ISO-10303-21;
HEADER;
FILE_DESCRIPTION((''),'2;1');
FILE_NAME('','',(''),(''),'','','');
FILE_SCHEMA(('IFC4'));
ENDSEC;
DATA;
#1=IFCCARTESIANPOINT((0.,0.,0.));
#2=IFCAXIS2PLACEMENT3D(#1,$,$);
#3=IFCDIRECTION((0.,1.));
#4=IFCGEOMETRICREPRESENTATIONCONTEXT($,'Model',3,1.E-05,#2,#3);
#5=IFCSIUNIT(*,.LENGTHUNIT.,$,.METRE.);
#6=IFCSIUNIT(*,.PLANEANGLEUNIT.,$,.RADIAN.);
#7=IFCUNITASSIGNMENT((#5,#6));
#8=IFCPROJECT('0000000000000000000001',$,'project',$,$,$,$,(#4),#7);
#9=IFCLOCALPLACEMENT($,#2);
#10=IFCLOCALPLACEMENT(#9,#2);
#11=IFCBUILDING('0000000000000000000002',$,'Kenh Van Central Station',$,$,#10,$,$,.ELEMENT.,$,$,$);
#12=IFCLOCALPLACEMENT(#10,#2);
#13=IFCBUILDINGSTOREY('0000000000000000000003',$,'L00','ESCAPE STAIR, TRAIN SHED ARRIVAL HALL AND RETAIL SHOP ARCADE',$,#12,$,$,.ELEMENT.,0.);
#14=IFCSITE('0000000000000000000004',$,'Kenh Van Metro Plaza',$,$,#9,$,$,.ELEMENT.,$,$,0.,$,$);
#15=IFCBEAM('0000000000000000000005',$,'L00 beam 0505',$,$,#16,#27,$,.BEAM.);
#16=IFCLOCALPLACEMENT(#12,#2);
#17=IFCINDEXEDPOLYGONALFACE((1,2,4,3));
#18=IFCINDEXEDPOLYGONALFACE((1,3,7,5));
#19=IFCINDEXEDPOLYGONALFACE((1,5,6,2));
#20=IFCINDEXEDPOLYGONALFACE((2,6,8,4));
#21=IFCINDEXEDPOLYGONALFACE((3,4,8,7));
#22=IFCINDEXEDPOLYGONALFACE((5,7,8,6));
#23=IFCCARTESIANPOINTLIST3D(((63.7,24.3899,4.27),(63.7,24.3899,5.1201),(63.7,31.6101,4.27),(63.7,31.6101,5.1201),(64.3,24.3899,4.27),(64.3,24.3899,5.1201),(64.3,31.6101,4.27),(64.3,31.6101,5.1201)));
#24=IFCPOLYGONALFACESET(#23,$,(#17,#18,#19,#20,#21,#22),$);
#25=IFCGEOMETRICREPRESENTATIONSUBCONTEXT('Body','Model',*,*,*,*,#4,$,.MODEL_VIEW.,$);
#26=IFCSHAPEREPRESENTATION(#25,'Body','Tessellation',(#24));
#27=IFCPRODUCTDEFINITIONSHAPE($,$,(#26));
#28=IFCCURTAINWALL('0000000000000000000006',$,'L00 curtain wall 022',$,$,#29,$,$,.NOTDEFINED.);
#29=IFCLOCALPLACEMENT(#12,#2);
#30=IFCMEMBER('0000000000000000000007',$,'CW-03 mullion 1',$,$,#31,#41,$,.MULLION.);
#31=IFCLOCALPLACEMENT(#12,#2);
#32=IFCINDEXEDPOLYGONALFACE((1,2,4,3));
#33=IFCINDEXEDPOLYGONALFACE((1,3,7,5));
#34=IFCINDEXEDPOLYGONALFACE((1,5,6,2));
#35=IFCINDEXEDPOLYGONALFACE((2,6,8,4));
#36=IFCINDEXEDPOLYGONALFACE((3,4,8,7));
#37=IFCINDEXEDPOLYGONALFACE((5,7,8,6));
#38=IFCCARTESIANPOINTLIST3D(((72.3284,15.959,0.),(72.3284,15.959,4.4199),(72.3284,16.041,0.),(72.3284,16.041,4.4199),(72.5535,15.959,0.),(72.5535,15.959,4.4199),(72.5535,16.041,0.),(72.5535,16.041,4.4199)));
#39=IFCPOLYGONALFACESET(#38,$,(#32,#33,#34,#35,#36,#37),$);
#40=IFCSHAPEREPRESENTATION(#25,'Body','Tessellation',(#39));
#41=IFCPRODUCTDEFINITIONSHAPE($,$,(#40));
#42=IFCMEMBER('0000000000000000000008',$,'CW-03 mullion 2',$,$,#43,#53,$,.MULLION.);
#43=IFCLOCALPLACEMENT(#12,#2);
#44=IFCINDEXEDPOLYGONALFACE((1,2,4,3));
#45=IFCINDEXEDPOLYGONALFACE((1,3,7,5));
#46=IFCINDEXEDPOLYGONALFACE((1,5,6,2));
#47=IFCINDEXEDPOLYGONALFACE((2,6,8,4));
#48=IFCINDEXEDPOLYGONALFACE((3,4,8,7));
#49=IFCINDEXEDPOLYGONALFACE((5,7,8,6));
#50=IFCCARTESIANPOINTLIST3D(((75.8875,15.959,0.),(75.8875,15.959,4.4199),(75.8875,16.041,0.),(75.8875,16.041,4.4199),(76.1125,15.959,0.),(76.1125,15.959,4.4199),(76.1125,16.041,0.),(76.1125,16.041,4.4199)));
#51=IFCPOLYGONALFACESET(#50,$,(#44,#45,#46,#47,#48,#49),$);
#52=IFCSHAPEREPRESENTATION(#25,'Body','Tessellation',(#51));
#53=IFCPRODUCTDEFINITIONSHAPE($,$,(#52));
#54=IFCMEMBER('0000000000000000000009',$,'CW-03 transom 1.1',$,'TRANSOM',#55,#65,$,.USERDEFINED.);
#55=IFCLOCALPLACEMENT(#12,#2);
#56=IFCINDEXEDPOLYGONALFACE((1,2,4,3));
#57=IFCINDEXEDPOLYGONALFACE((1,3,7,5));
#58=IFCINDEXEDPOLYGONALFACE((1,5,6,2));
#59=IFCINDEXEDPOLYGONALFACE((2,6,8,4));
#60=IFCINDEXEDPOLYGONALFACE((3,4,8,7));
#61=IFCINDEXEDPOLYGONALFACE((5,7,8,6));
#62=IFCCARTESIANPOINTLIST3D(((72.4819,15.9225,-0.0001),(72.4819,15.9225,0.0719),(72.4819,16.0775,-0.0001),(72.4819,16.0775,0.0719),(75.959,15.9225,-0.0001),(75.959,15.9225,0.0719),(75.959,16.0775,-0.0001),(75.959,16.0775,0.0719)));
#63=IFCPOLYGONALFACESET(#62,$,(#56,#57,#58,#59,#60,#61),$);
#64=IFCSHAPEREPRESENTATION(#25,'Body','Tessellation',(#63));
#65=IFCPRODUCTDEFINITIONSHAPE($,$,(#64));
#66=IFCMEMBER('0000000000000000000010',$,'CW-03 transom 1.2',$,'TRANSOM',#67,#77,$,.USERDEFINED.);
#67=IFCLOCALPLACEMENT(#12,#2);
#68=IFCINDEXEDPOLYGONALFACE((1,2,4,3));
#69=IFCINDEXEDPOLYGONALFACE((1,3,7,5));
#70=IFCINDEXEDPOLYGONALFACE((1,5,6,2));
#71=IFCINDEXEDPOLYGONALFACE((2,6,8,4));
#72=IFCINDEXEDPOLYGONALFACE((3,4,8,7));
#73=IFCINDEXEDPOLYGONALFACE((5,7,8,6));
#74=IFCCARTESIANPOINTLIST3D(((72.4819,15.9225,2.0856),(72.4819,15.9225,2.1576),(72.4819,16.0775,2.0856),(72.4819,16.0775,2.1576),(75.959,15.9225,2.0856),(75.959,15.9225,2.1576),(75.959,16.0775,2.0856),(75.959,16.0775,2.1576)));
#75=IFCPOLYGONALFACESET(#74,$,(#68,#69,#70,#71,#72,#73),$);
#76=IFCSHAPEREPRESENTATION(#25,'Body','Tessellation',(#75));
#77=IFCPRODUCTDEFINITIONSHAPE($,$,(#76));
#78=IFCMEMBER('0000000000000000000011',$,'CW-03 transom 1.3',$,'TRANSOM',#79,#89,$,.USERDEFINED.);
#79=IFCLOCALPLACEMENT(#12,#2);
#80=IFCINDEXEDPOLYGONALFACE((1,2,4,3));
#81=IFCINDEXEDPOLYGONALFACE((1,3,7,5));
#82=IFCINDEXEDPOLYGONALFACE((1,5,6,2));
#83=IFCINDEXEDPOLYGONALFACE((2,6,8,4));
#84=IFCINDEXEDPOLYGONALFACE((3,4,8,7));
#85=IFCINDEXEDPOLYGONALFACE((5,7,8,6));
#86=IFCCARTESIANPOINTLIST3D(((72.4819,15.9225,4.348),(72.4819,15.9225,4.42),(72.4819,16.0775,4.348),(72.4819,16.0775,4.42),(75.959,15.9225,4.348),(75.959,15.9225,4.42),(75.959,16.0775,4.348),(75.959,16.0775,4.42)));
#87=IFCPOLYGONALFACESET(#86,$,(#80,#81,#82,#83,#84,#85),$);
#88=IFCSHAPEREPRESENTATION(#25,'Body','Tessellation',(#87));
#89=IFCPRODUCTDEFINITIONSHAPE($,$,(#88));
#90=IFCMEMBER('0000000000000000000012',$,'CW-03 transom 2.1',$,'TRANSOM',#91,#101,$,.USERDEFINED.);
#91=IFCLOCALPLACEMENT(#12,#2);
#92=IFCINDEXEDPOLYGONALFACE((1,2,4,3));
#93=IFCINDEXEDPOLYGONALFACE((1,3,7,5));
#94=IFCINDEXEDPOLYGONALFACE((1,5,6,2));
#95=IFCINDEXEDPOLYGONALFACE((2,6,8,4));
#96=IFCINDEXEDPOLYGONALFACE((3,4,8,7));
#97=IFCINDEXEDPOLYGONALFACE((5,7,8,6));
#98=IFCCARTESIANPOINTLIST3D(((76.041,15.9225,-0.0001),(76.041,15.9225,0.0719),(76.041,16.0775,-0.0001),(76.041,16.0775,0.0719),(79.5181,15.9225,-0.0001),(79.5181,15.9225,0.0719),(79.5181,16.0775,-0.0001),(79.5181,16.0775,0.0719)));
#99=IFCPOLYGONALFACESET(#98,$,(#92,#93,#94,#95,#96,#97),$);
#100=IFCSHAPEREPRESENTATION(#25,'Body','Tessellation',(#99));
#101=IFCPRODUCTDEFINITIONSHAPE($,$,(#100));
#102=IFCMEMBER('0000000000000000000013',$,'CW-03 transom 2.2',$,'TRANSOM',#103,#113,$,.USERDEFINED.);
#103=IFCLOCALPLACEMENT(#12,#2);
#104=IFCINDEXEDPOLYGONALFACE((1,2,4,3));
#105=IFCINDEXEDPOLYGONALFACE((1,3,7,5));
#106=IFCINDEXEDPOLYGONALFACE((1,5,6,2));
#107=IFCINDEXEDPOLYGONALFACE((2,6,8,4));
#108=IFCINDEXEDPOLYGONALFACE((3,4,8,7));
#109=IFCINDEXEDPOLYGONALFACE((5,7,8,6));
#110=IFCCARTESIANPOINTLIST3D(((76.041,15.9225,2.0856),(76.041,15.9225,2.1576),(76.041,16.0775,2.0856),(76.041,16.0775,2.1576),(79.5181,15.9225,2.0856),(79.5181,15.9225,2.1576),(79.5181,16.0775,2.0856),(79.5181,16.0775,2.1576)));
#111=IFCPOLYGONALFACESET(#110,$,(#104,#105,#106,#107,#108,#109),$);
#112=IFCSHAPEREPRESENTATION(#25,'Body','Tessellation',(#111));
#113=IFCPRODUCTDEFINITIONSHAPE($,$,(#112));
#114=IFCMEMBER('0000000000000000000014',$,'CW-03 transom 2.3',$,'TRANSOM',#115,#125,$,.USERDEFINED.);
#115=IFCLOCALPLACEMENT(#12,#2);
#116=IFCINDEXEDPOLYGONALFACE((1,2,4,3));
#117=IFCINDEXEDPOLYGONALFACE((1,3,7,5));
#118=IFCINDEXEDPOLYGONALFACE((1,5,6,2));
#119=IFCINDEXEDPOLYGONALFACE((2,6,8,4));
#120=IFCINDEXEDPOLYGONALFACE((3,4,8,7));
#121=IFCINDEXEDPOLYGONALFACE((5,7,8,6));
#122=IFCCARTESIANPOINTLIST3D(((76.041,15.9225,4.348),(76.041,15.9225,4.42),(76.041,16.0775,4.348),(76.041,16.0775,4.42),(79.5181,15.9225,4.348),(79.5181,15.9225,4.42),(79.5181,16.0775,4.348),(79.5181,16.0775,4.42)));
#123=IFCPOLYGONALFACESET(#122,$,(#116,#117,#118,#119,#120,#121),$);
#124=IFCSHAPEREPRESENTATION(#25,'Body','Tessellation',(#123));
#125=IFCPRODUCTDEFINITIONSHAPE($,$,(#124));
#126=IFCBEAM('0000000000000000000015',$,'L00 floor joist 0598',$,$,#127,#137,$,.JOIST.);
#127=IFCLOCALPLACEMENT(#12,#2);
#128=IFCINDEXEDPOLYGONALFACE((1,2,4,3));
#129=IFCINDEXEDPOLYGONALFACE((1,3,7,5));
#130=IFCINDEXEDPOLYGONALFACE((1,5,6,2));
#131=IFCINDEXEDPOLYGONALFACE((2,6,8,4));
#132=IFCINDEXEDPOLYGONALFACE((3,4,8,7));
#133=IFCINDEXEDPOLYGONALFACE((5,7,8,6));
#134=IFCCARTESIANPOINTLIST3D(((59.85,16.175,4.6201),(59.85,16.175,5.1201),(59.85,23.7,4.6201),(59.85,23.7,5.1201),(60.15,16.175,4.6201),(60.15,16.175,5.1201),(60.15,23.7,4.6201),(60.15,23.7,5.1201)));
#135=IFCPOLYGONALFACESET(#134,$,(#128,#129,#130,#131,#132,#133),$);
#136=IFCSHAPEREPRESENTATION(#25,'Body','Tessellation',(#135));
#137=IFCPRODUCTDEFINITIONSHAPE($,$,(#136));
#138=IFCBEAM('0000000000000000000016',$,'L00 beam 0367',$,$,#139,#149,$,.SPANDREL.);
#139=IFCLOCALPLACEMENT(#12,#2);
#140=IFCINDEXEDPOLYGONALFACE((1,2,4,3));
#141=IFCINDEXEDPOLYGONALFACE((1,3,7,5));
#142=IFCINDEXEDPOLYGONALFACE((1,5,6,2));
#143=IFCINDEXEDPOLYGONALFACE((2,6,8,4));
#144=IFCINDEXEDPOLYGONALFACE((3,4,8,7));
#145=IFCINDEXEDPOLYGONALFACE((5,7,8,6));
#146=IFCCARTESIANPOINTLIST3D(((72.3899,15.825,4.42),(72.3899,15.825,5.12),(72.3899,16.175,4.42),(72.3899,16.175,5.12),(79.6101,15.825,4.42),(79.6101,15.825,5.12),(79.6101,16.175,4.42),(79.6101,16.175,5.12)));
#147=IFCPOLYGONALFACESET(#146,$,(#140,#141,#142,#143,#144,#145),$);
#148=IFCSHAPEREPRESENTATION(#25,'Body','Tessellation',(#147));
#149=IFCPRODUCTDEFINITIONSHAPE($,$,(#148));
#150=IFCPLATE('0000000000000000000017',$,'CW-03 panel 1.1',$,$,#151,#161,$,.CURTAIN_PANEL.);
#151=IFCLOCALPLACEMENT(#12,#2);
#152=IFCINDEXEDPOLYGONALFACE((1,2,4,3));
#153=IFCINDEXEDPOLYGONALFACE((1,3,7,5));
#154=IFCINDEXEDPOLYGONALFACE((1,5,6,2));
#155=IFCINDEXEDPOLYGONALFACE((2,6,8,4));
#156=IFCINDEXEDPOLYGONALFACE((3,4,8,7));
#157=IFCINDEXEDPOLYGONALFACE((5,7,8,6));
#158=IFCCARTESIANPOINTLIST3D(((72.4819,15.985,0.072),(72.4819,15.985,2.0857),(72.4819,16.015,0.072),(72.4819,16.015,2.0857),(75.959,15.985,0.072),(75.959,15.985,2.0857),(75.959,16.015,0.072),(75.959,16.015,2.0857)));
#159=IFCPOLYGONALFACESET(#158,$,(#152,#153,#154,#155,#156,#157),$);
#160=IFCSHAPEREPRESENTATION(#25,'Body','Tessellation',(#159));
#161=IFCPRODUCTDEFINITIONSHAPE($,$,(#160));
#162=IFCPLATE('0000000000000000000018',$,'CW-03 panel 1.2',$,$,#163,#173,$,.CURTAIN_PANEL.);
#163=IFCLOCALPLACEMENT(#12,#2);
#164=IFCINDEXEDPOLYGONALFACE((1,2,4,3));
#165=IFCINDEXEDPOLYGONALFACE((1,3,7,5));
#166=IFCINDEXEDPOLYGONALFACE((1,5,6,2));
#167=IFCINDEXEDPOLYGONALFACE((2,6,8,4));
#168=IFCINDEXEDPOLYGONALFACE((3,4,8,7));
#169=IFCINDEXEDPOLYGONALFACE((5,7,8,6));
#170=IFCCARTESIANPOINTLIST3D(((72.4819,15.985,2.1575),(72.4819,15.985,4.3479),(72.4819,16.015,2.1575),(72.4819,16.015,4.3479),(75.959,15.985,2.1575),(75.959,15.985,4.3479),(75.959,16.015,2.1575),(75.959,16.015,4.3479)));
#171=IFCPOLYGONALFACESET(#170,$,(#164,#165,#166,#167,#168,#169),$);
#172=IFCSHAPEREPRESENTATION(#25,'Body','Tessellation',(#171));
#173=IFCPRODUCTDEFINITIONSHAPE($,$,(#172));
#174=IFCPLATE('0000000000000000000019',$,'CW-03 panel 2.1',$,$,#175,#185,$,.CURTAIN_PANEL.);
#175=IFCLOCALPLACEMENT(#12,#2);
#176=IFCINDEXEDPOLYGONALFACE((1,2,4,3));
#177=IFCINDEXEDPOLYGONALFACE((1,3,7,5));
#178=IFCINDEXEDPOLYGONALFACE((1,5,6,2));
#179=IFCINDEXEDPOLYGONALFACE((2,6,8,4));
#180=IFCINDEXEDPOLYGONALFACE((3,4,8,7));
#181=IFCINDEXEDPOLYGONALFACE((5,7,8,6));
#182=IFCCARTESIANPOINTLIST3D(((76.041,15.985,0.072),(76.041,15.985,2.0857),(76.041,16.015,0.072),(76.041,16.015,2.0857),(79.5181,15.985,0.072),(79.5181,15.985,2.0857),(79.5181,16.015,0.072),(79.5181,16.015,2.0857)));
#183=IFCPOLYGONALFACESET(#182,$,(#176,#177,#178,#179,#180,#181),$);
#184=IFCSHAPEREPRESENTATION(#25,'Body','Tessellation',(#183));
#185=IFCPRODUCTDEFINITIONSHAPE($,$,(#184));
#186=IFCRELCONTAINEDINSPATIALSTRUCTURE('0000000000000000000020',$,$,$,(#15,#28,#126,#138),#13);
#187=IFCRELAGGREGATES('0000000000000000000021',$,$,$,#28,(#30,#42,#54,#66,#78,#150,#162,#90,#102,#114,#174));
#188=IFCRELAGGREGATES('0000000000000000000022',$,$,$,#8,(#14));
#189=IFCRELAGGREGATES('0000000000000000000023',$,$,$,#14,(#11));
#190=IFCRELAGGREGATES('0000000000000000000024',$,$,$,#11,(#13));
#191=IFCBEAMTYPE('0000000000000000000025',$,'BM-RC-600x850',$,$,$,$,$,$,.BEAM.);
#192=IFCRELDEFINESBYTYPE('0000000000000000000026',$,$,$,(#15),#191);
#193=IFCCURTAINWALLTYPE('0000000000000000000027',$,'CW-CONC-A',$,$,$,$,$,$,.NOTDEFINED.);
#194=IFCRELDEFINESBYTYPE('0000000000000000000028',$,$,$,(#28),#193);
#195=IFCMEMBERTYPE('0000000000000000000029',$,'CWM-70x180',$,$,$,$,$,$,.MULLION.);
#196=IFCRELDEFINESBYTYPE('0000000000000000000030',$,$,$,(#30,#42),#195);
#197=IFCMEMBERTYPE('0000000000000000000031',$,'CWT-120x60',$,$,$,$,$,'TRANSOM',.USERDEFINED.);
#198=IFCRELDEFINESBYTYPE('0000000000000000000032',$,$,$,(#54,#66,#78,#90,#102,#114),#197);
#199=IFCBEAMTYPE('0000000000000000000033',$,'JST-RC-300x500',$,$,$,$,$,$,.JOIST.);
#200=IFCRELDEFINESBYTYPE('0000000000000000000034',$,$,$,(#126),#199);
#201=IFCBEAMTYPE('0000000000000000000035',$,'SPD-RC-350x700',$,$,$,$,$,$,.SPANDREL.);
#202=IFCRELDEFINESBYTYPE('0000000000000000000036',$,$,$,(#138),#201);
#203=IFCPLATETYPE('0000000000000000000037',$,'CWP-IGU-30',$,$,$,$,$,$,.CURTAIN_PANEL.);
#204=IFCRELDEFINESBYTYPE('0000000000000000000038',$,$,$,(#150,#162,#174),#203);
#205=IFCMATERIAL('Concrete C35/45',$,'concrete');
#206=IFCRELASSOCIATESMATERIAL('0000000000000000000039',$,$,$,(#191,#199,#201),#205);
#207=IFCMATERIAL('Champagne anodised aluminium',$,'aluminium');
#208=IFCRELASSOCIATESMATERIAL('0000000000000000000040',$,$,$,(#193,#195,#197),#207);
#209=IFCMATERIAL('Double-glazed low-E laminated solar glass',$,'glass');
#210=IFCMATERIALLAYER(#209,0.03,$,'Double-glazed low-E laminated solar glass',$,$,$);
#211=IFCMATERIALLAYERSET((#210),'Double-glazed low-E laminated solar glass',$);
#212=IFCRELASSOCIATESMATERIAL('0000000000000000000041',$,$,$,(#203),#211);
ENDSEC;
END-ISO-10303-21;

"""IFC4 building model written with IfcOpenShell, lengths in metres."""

from ifc_helpers import new_model, si_unit, direction, frame, origin, origin_2d, place, context, subcontext, project, spatial, rectangle, extrude, material, layer, layer_set, material_profile, profile_set, type_object, element, aggregate, save


model = new_model("IFC4")

# Units and contexts
model_context = context("Model", 3, precision=1e-05, world=origin(), true_north=direction((0.0, 1.0)))
body_context = subcontext(model_context, "Body", "Model", "MODEL_VIEW")
ifc_project = project(units=[si_unit("LENGTHUNIT", "METRE"), si_unit("PLANEANGLEUNIT", "RADIAN")], contexts=[model_context])

# Site, building, storey
site_placement = place(None, origin())
site = spatial("IfcSite", under=ifc_project, at=site_placement, Name="Kenh Van Metro Plaza", CompositionType="ELEMENT", RefElevation=0.0)
building_placement = place(site_placement, origin())
building = spatial("IfcBuilding", under=site, at=building_placement, Name="Kenh Van Central Station", CompositionType="ELEMENT")
storey_placement = place(building_placement, origin())
storey = spatial("IfcBuildingStorey", under=building, at=storey_placement, Name="L00", Description="ESCAPE STAIR, TRAIN SHED ARRIVAL HALL AND RETAIL SHOP ARCADE", CompositionType="ELEMENT", Elevation=0.0)

# Beam
ifc_material_1 = material(Name="Concrete C35/45", Category="concrete")
ifc_material_profile_1 = material_profile(ifc_material_1, rectangle(XDim=0.6001, YDim=0.8501, at=origin_2d()), Name="RC 600x850")
ifc_profile_set_1 = profile_set([ifc_material_profile_1], Name="Concrete C35/45")
beam_type_1 = type_object("IfcBeamType", Name="BM-RC-600x850", PredefinedType="BEAM", material=ifc_profile_set_1)
for number, where, z_axis, x_axis, name in (
    (1, (64.0, 24.3899, 4.6951), (0.0, 1.0, 0.0), (-1.0, 0.0, 0.0), "L00 beam 0505"),
):
    element("IfcBeam", number, at=place(storey_placement, frame(where, z_axis=z_axis, x_axis=x_axis)), inside=storey, type_object=beam_type_1, Name=name, PredefinedType="BEAM", context=body_context, shape_type="SweptSolid", body=[
        extrude(rectangle(XDim=0.6001, YDim=0.8501, at=origin_2d()), origin(), (0.0, 0.0, 1.0), 7.2202),
    ])

# Curtain wall, members
ifc_material_2 = material(Name="Champagne anodised aluminium", Category="aluminium")
curtain_wall_type = type_object("IfcCurtainWallType", Name="CW-CONC-A", PredefinedType="NOTDEFINED", material=ifc_material_2)
curtain_wall_placement = place(storey_placement, origin())
curtain_wall = element("IfcCurtainWall", 2, at=curtain_wall_placement, inside=storey, type_object=curtain_wall_type, Name="L00 curtain wall 022", PredefinedType="NOTDEFINED")
ifc_material_profile_2 = material_profile(ifc_material_2, rectangle(XDim=0.082, YDim=0.2251, at=origin_2d()), Name="AL 82x225")
ifc_profile_set_2 = profile_set([ifc_material_profile_2], Name="Champagne anodised aluminium")
member_type_1 = type_object("IfcMemberType", Name="CWM-70x180", PredefinedType="MULLION", material=ifc_profile_set_2)
member_1_placement = place(storey_placement, frame((72.4409, 16.0, 0.0), z_axis=(0.0, 0.0, 1.0), x_axis=(0.0, 1.0, 0.0)))
member_1 = element("IfcMember", 3, at=member_1_placement, type_object=member_type_1, Name="CW-03 mullion 1", PredefinedType="MULLION", context=body_context, shape_type="SweptSolid", body=[
    extrude(rectangle(XDim=0.082, YDim=0.2251, at=origin_2d()), origin(), (0.0, 0.0, 1.0), 4.4199),
])
member_2_placement = place(storey_placement, frame((76.0, 16.0, 0.0), z_axis=(0.0, 0.0, 1.0), x_axis=(0.0, 1.0, 0.0)))
member_2 = element("IfcMember", 4, at=member_2_placement, type_object=member_type_1, Name="CW-03 mullion 2", PredefinedType="MULLION", context=body_context, shape_type="SweptSolid", body=[
    extrude(rectangle(XDim=0.082, YDim=0.2251, at=origin_2d()), origin(), (0.0, 0.0, 1.0), 4.4199),
])
ifc_material_profile_3 = material_profile(ifc_material_2, rectangle(XDim=0.155, YDim=0.072, at=origin_2d()), Name="AL 155x72")
ifc_profile_set_3 = profile_set([ifc_material_profile_3], Name="Champagne anodised aluminium")
member_type_2 = type_object("IfcMemberType", Name="CWT-120x60", ElementType="TRANSOM", PredefinedType="USERDEFINED", material=ifc_profile_set_3)
member_3_placement = place(storey_placement, frame((72.4819, 16.0, 0.0359), z_axis=(1.0, 0.0, 0.0), x_axis=(0.0, 1.0, 0.0)))
member_3 = element("IfcMember", 5, at=member_3_placement, type_object=member_type_2, Name="CW-03 transom 1.1", ObjectType="TRANSOM", PredefinedType="USERDEFINED", context=body_context, shape_type="SweptSolid", body=[
    extrude(rectangle(XDim=0.155, YDim=0.072, at=origin_2d()), origin(), (0.0, 0.0, 1.0), 3.4771),
])
member_4_placement = place(storey_placement, frame((72.4819, 16.0, 2.1216), z_axis=(1.0, 0.0, 0.0), x_axis=(0.0, 1.0, 0.0)))
member_4 = element("IfcMember", 6, at=member_4_placement, type_object=member_type_2, Name="CW-03 transom 1.2", ObjectType="TRANSOM", PredefinedType="USERDEFINED", context=body_context, shape_type="SweptSolid", body=[
    extrude(rectangle(XDim=0.155, YDim=0.072, at=origin_2d()), origin(), (0.0, 0.0, 1.0), 3.4771),
])
member_5_placement = place(storey_placement, frame((72.4819, 16.0, 4.384), z_axis=(1.0, 0.0, 0.0), x_axis=(0.0, 1.0, 0.0)))
member_5 = element("IfcMember", 7, at=member_5_placement, type_object=member_type_2, Name="CW-03 transom 1.3", ObjectType="TRANSOM", PredefinedType="USERDEFINED", context=body_context, shape_type="SweptSolid", body=[
    extrude(rectangle(XDim=0.155, YDim=0.072, at=origin_2d()), origin(), (0.0, 0.0, 1.0), 3.4771),
])
member_6_placement = place(storey_placement, frame((76.041, 16.0, 0.0359), z_axis=(1.0, 0.0, 0.0), x_axis=(0.0, 1.0, 0.0)))
member_6 = element("IfcMember", 8, at=member_6_placement, type_object=member_type_2, Name="CW-03 transom 2.1", ObjectType="TRANSOM", PredefinedType="USERDEFINED", context=body_context, shape_type="SweptSolid", body=[
    extrude(rectangle(XDim=0.155, YDim=0.072, at=origin_2d()), origin(), (0.0, 0.0, 1.0), 3.4771),
])
member_7_placement = place(storey_placement, frame((76.041, 16.0, 2.1216), z_axis=(1.0, 0.0, 0.0), x_axis=(0.0, 1.0, 0.0)))
member_7 = element("IfcMember", 9, at=member_7_placement, type_object=member_type_2, Name="CW-03 transom 2.2", ObjectType="TRANSOM", PredefinedType="USERDEFINED", context=body_context, shape_type="SweptSolid", body=[
    extrude(rectangle(XDim=0.155, YDim=0.072, at=origin_2d()), origin(), (0.0, 0.0, 1.0), 3.4771),
])
member_8_placement = place(storey_placement, frame((76.041, 16.0, 4.384), z_axis=(1.0, 0.0, 0.0), x_axis=(0.0, 1.0, 0.0)))
member_8 = element("IfcMember", 10, at=member_8_placement, type_object=member_type_2, Name="CW-03 transom 2.3", ObjectType="TRANSOM", PredefinedType="USERDEFINED", context=body_context, shape_type="SweptSolid", body=[
    extrude(rectangle(XDim=0.155, YDim=0.072, at=origin_2d()), origin(), (0.0, 0.0, 1.0), 3.4771),
])

# Beams
ifc_material_profile_4 = material_profile(ifc_material_1, rectangle(XDim=0.3, YDim=0.5, at=origin_2d()), Name="RC 300x500")
ifc_profile_set_4 = profile_set([ifc_material_profile_4], Name="Concrete C35/45")
beam_type_2 = type_object("IfcBeamType", Name="JST-RC-300x500", PredefinedType="JOIST", material=ifc_profile_set_4)
beam_1_placement = place(storey_placement, frame((60.0, 16.175, 4.8701), z_axis=(0.0, 1.0, 0.0), x_axis=(-1.0, 0.0, 0.0)))
element("IfcBeam", 11, at=beam_1_placement, inside=storey, type_object=beam_type_2, Name="L00 floor joist 0598", PredefinedType="JOIST", context=body_context, shape_type="SweptSolid", body=[
    extrude(rectangle(XDim=0.3, YDim=0.5, at=origin_2d()), origin(), (0.0, 0.0, 1.0), 7.5249),
])
ifc_material_profile_5 = material_profile(ifc_material_1, rectangle(XDim=0.3501, YDim=0.7, at=origin_2d()), Name="RC 350x700")
ifc_profile_set_5 = profile_set([ifc_material_profile_5], Name="Concrete C35/45")
beam_type_3 = type_object("IfcBeamType", Name="SPD-RC-350x700", PredefinedType="SPANDREL", material=ifc_profile_set_5)
beam_2_placement = place(storey_placement, frame((72.3899, 16.0, 4.77), z_axis=(1.0, 0.0, 0.0), x_axis=(0.0, 1.0, 0.0)))
element("IfcBeam", 12, at=beam_2_placement, inside=storey, type_object=beam_type_3, Name="L00 beam 0367", PredefinedType="SPANDREL", context=body_context, shape_type="SweptSolid", body=[
    extrude(rectangle(XDim=0.3501, YDim=0.7, at=origin_2d()), origin(), (0.0, 0.0, 1.0), 7.2202),
])

# Plates
ifc_material_3 = material(Name="Double-glazed low-E laminated solar glass", Category="glass")
ifc_layer_1 = layer(ifc_material_3, 0.03, Name="Double-glazed low-E laminated solar glass")
ifc_layer_set_1 = layer_set([ifc_layer_1], Name="Double-glazed low-E laminated solar glass")
plate_type = type_object("IfcPlateType", Name="CWP-IGU-30", PredefinedType="CURTAIN_PANEL", material=ifc_layer_set_1)
plate_1_placement = place(storey_placement, frame((74.2205, 16.0, 0.072), z_axis=(0.0, 0.0, 1.0), x_axis=(1.0, 0.0, 0.0)))
plate_1 = element("IfcPlate", 13, at=plate_1_placement, type_object=plate_type, Name="CW-03 panel 1.1", PredefinedType="CURTAIN_PANEL", context=body_context, shape_type="SweptSolid", body=[
    extrude(rectangle(XDim=3.4771, YDim=0.03, at=origin_2d()), origin(), (0.0, 0.0, 1.0), 2.0137),
])
plate_2_placement = place(storey_placement, frame((74.2205, 16.0, 2.1575), z_axis=(0.0, 0.0, 1.0), x_axis=(1.0, 0.0, 0.0)))
plate_2 = element("IfcPlate", 14, at=plate_2_placement, type_object=plate_type, Name="CW-03 panel 1.2", PredefinedType="CURTAIN_PANEL", context=body_context, shape_type="SweptSolid", body=[
    extrude(rectangle(XDim=3.4771, YDim=0.03, at=origin_2d()), origin(), (0.0, 0.0, 1.0), 2.1904),
])
plate_3_placement = place(storey_placement, frame((77.7795, 16.0, 0.072), z_axis=(0.0, 0.0, 1.0), x_axis=(1.0, 0.0, 0.0)))
plate_3 = element("IfcPlate", 15, at=plate_3_placement, type_object=plate_type, Name="CW-03 panel 2.1", PredefinedType="CURTAIN_PANEL", context=body_context, shape_type="SweptSolid", body=[
    extrude(rectangle(XDim=3.4771, YDim=0.03, at=origin_2d()), origin(), (0.0, 0.0, 1.0), 2.0137),
])
aggregate(curtain_wall, [member_1, member_2, member_3, member_4, member_5, plate_1, plate_2, member_6, member_7, member_8, plate_3])

save(model, "model.ifc")
